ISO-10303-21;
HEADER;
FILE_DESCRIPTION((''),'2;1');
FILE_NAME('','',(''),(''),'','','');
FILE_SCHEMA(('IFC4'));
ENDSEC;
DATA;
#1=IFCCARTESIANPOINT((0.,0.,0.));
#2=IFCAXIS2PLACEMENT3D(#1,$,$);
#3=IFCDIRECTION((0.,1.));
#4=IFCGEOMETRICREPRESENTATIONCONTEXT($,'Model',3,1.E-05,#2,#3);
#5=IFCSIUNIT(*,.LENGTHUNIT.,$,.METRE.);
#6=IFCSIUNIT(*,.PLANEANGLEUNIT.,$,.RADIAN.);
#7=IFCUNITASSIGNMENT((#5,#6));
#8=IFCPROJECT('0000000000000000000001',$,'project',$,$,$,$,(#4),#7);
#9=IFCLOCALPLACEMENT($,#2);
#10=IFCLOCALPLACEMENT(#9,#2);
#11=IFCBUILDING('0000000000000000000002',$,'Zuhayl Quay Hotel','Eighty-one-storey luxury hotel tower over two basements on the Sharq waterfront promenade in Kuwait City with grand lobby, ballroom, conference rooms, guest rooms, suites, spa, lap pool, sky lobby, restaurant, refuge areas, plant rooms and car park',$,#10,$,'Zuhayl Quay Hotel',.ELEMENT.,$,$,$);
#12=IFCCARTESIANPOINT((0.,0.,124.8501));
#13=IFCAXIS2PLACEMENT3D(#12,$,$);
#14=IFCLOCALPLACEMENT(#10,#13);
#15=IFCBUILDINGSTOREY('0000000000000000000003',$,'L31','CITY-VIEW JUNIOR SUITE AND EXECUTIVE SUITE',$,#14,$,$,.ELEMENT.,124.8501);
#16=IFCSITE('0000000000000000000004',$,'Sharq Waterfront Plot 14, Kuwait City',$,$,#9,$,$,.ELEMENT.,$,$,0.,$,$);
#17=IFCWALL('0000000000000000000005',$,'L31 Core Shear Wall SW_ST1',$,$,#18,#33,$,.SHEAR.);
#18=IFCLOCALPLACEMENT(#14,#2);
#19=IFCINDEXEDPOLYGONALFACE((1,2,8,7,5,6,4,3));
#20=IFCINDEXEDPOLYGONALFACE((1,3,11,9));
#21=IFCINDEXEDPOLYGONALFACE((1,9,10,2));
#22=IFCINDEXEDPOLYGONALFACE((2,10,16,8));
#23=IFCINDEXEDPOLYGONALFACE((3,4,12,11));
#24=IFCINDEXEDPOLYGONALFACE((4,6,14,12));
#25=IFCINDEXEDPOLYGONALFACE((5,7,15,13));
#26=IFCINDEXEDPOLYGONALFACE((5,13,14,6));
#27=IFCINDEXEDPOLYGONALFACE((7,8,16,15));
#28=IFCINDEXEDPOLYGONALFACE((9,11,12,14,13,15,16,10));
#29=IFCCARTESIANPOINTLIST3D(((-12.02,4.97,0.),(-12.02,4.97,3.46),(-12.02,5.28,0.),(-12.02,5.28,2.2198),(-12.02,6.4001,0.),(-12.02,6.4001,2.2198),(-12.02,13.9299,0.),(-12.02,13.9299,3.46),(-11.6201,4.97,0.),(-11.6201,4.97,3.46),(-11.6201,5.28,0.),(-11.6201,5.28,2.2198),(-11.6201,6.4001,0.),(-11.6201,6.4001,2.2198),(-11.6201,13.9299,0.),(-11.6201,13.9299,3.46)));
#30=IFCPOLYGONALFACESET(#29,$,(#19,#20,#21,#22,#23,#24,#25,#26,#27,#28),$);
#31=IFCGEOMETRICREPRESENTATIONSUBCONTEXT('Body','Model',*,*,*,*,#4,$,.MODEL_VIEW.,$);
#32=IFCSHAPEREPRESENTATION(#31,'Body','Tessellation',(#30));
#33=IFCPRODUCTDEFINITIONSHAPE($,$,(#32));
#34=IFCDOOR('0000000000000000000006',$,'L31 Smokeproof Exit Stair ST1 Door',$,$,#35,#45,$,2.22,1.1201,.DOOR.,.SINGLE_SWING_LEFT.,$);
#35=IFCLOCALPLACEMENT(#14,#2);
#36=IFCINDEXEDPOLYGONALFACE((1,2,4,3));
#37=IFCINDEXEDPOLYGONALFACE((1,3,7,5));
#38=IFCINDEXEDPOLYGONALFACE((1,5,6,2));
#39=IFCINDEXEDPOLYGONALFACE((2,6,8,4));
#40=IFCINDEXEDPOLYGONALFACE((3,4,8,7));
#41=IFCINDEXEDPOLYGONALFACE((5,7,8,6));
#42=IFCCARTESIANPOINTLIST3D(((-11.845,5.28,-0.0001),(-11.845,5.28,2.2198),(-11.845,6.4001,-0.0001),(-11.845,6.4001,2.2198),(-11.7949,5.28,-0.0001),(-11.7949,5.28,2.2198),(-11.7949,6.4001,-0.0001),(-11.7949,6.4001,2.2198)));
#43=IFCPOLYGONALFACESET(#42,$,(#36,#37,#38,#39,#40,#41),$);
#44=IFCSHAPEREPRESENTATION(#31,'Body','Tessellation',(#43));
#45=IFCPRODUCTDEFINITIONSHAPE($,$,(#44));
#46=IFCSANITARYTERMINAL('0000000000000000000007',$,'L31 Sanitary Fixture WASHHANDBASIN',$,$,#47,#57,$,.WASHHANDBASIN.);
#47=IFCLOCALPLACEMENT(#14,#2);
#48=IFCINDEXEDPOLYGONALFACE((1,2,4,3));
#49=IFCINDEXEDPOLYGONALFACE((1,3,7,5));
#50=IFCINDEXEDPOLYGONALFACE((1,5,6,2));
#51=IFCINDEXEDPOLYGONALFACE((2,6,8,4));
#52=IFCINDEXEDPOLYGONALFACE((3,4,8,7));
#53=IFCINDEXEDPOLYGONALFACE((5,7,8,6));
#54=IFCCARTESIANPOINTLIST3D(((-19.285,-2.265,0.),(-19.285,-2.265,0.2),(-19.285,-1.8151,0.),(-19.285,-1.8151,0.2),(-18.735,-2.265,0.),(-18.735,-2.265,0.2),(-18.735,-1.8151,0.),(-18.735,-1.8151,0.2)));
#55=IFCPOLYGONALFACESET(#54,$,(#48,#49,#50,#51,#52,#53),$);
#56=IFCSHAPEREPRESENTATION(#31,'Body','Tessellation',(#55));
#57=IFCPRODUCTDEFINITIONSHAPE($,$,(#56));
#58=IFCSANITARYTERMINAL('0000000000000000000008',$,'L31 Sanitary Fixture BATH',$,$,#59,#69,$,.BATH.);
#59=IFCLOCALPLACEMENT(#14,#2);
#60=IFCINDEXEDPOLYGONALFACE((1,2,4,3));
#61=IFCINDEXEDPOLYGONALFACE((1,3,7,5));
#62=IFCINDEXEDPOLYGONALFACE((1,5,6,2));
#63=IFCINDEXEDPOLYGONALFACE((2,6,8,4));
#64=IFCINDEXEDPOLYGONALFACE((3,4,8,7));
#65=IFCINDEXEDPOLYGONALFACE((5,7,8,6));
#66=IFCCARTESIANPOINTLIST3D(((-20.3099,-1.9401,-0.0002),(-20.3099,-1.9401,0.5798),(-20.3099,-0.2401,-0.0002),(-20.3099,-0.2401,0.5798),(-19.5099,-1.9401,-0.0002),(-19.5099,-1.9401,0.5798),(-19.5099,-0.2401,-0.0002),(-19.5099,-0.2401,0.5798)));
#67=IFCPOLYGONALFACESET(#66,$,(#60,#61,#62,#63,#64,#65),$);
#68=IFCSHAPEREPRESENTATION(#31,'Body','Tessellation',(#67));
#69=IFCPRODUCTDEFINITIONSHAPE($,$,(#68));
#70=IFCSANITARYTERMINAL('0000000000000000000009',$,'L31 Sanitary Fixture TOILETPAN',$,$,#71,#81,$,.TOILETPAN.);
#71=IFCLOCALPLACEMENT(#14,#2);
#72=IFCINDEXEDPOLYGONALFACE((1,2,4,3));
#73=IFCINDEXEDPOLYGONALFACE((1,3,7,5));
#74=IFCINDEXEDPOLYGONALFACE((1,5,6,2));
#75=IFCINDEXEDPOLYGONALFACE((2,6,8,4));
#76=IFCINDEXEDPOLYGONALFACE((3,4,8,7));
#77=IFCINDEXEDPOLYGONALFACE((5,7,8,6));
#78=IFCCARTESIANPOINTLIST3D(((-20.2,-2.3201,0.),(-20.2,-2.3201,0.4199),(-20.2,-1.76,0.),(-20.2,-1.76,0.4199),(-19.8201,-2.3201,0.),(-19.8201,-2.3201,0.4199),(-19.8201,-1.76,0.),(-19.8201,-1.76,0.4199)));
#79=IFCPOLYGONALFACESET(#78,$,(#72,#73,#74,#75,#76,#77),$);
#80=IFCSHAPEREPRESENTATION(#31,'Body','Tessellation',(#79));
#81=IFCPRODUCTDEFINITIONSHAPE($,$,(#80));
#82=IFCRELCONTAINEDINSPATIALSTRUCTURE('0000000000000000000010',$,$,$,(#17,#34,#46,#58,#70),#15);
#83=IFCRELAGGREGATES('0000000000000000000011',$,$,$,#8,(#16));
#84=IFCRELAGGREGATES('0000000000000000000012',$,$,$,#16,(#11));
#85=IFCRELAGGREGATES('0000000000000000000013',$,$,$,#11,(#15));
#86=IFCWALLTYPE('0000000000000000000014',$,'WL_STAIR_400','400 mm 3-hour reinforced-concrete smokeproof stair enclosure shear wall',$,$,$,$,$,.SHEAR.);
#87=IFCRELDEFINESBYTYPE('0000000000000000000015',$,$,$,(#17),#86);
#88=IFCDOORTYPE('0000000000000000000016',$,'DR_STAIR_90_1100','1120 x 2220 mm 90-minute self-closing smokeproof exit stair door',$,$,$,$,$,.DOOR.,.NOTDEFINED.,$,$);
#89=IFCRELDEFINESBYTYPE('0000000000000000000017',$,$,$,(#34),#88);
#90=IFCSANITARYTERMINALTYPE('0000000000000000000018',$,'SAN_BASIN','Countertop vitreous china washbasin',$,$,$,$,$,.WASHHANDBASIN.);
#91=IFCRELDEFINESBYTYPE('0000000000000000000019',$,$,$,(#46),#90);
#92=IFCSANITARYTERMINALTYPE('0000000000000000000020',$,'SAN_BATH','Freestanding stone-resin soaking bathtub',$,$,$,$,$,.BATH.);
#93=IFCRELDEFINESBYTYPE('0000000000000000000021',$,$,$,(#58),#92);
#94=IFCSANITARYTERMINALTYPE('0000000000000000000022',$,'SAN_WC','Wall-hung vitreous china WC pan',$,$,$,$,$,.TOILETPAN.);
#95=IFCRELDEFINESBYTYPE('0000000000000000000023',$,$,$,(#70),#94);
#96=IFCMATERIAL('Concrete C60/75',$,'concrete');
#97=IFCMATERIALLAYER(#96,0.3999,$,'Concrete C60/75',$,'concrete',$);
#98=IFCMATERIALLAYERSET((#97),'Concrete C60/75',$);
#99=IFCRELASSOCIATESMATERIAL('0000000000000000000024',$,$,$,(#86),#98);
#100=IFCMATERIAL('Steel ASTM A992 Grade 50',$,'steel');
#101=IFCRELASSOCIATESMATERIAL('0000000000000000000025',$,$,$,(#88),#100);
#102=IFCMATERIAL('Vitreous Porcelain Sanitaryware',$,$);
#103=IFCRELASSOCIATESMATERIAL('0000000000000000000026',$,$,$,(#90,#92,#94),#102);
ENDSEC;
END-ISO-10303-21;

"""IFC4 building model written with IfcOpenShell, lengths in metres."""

from ifc_helpers import new_model, si_unit, direction, frame, frame_2d, origin, origin_2d, place, context, subcontext, project, spatial, rectangle, extrude, material, layer, layer_set, type_object, element, fill, save


model = new_model("IFC4")

# Units and contexts
model_context = context("Model", 3, precision=1e-05, world=origin(), true_north=direction((0.0, 1.0)))
body_context = subcontext(model_context, "Body", "Model", "MODEL_VIEW")
ifc_project = project(units=[si_unit("LENGTHUNIT", "METRE"), si_unit("PLANEANGLEUNIT", "RADIAN")], contexts=[model_context])

# Site, building, storey
site_placement = place(None, origin())
site = spatial("IfcSite", under=ifc_project, at=site_placement, Name="Sharq Waterfront Plot 14, Kuwait City", CompositionType="ELEMENT", RefElevation=0.0)
building_placement = place(site_placement, origin())
building = spatial("IfcBuilding", under=site, at=building_placement, Name="Zuhayl Quay Hotel", Description="Eighty-one-storey luxury hotel tower over two basements on the Sharq waterfront promenade in Kuwait City with grand lobby, ballroom, conference rooms, guest rooms, suites, spa, lap pool, sky lobby, restaurant, refuge areas, plant rooms and car park", LongName="Zuhayl Quay Hotel", CompositionType="ELEMENT")
storey_placement = place(building_placement, frame((0.0, 0.0, 124.8501)))
storey = spatial("IfcBuildingStorey", under=building, at=storey_placement, Name="L31", Description="CITY-VIEW JUNIOR SUITE AND EXECUTIVE SUITE", CompositionType="ELEMENT", Elevation=124.8501)

# Shared definitions
ifc_material_1 = material(Name="Steel ASTM A992 Grade 50", Category="steel")
ifc_material_2 = material(Name="Concrete C60/75", Category="concrete")

# Wall, opening, door
ifc_layer_1 = layer(ifc_material_2, 0.3999, Name="Concrete C60/75", Category="concrete")
ifc_layer_set_1 = layer_set([ifc_layer_1], Name="Concrete C60/75")
wall_type_1 = type_object("IfcWallType", Name="WL_STAIR_400", Description="400 mm 3-hour reinforced-concrete smokeproof stair enclosure shear wall", PredefinedType="SHEAR", material=ifc_layer_set_1)
wall_1_placement = place(storey_placement, frame((-11.8201, 4.97, 0.0), z_axis=(0.0, 0.0, 1.0), x_axis=(0.0, 1.0, 0.0)))
wall_1 = element("IfcWall", 1, at=wall_1_placement, inside=storey, type_object=wall_type_1, Name="L31 Core Shear Wall SW_ST1", PredefinedType="SHEAR", context=body_context, shape_type="SweptSolid", body=[
    extrude(rectangle(XDim=8.96, YDim=0.3999, at=frame_2d((4.48, 0.0))), origin(), (0.0, 0.0, 1.0), 3.46),
])
opening_1_placement = place(wall_1_placement, frame((0.3101, 0.0, 0.0)))
opening_1 = element("IfcOpeningElement", 2, at=opening_1_placement, cuts=wall_1, PredefinedType="OPENING", context=body_context, shape_type="SweptSolid", body=[
    extrude(rectangle(XDim=1.1201, YDim=2.22, at=frame_2d((0.5601, 1.1099))), frame((0.0, 0.21, 0.0), z_axis=(0.0, -1.0, 0.0), x_axis=(1.0, 0.0, 0.0)), (0.0, 0.0, 1.0), 0.4199),
])
door_type_1 = type_object("IfcDoorType", Name="DR_STAIR_90_1100", Description="1120 x 2220 mm 90-minute self-closing smokeproof exit stair door", OperationType="NOTDEFINED", PredefinedType="DOOR", material=ifc_material_1)
door_1_placement = place(opening_1_placement, origin())
door_1 = element("IfcDoor", 3, at=door_1_placement, inside=storey, type_object=door_type_1, Name="L31 Smokeproof Exit Stair ST1 Door", OperationType="SINGLE_SWING_LEFT", OverallHeight=2.22, OverallWidth=1.1201, PredefinedType="DOOR", context=body_context, shape_type="SweptSolid", body=[
    extrude(rectangle(XDim=1.1201, YDim=2.22, at=frame_2d((0.5601, 1.1099))), frame((0.0, 0.0249, 0.0), z_axis=(0.0, -1.0, 0.0), x_axis=(1.0, 0.0, 0.0)), (0.0, 0.0, 1.0), 0.05),
])
fill(opening_1, door_1)

# Sanitary terminals
ifc_material_3 = material(Name="Vitreous Porcelain Sanitaryware")
sanitary_terminal_type_1 = type_object("IfcSanitaryTerminalType", Name="SAN_BASIN", Description="Countertop vitreous china washbasin", PredefinedType="WASHHANDBASIN", material=ifc_material_3)
sanitary_terminal_1_placement = place(storey_placement, frame((-19.01, -2.04, 0.0), z_axis=(0.0, 0.0, 1.0), x_axis=(1.0, 0.0, 0.0)))
element("IfcSanitaryTerminal", 4, at=sanitary_terminal_1_placement, inside=storey, type_object=sanitary_terminal_type_1, Name="L31 Sanitary Fixture WASHHANDBASIN", PredefinedType="WASHHANDBASIN", context=body_context, shape_type="SweptSolid", body=[
    extrude(rectangle(XDim=0.55, YDim=0.45, at=origin_2d()), origin(), (0.0, 0.0, 1.0), 0.2),
])
sanitary_terminal_type_2 = type_object("IfcSanitaryTerminalType", Name="SAN_BATH", Description="Freestanding stone-resin soaking bathtub", PredefinedType="BATH", material=ifc_material_3)
sanitary_terminal_2_placement = place(storey_placement, frame((-19.9099, -1.0901, -0.0002), z_axis=(0.0, 0.0, 1.0), x_axis=(1.0, 0.0, 0.0)))
element("IfcSanitaryTerminal", 5, at=sanitary_terminal_2_placement, inside=storey, type_object=sanitary_terminal_type_2, Name="L31 Sanitary Fixture BATH", PredefinedType="BATH", context=body_context, shape_type="SweptSolid", body=[
    extrude(rectangle(XDim=0.8, YDim=1.7, at=origin_2d()), origin(), (0.0, 0.0, 1.0), 0.5801),
])
sanitary_terminal_type_3 = type_object("IfcSanitaryTerminalType", Name="SAN_WC", Description="Wall-hung vitreous china WC pan", PredefinedType="TOILETPAN", material=ifc_material_3)
sanitary_terminal_3_placement = place(storey_placement, frame((-20.01, -2.04, 0.0), z_axis=(0.0, 0.0, 1.0), x_axis=(1.0, 0.0, 0.0)))
element("IfcSanitaryTerminal", 6, at=sanitary_terminal_3_placement, inside=storey, type_object=sanitary_terminal_type_3, Name="L31 Sanitary Fixture TOILETPAN", PredefinedType="TOILETPAN", context=body_context, shape_type="SweptSolid", body=[
    extrude(rectangle(XDim=0.3799, YDim=0.5601, at=origin_2d()), origin(), (0.0, 0.0, 1.0), 0.4199),
])

save(model, "model.ifc")
